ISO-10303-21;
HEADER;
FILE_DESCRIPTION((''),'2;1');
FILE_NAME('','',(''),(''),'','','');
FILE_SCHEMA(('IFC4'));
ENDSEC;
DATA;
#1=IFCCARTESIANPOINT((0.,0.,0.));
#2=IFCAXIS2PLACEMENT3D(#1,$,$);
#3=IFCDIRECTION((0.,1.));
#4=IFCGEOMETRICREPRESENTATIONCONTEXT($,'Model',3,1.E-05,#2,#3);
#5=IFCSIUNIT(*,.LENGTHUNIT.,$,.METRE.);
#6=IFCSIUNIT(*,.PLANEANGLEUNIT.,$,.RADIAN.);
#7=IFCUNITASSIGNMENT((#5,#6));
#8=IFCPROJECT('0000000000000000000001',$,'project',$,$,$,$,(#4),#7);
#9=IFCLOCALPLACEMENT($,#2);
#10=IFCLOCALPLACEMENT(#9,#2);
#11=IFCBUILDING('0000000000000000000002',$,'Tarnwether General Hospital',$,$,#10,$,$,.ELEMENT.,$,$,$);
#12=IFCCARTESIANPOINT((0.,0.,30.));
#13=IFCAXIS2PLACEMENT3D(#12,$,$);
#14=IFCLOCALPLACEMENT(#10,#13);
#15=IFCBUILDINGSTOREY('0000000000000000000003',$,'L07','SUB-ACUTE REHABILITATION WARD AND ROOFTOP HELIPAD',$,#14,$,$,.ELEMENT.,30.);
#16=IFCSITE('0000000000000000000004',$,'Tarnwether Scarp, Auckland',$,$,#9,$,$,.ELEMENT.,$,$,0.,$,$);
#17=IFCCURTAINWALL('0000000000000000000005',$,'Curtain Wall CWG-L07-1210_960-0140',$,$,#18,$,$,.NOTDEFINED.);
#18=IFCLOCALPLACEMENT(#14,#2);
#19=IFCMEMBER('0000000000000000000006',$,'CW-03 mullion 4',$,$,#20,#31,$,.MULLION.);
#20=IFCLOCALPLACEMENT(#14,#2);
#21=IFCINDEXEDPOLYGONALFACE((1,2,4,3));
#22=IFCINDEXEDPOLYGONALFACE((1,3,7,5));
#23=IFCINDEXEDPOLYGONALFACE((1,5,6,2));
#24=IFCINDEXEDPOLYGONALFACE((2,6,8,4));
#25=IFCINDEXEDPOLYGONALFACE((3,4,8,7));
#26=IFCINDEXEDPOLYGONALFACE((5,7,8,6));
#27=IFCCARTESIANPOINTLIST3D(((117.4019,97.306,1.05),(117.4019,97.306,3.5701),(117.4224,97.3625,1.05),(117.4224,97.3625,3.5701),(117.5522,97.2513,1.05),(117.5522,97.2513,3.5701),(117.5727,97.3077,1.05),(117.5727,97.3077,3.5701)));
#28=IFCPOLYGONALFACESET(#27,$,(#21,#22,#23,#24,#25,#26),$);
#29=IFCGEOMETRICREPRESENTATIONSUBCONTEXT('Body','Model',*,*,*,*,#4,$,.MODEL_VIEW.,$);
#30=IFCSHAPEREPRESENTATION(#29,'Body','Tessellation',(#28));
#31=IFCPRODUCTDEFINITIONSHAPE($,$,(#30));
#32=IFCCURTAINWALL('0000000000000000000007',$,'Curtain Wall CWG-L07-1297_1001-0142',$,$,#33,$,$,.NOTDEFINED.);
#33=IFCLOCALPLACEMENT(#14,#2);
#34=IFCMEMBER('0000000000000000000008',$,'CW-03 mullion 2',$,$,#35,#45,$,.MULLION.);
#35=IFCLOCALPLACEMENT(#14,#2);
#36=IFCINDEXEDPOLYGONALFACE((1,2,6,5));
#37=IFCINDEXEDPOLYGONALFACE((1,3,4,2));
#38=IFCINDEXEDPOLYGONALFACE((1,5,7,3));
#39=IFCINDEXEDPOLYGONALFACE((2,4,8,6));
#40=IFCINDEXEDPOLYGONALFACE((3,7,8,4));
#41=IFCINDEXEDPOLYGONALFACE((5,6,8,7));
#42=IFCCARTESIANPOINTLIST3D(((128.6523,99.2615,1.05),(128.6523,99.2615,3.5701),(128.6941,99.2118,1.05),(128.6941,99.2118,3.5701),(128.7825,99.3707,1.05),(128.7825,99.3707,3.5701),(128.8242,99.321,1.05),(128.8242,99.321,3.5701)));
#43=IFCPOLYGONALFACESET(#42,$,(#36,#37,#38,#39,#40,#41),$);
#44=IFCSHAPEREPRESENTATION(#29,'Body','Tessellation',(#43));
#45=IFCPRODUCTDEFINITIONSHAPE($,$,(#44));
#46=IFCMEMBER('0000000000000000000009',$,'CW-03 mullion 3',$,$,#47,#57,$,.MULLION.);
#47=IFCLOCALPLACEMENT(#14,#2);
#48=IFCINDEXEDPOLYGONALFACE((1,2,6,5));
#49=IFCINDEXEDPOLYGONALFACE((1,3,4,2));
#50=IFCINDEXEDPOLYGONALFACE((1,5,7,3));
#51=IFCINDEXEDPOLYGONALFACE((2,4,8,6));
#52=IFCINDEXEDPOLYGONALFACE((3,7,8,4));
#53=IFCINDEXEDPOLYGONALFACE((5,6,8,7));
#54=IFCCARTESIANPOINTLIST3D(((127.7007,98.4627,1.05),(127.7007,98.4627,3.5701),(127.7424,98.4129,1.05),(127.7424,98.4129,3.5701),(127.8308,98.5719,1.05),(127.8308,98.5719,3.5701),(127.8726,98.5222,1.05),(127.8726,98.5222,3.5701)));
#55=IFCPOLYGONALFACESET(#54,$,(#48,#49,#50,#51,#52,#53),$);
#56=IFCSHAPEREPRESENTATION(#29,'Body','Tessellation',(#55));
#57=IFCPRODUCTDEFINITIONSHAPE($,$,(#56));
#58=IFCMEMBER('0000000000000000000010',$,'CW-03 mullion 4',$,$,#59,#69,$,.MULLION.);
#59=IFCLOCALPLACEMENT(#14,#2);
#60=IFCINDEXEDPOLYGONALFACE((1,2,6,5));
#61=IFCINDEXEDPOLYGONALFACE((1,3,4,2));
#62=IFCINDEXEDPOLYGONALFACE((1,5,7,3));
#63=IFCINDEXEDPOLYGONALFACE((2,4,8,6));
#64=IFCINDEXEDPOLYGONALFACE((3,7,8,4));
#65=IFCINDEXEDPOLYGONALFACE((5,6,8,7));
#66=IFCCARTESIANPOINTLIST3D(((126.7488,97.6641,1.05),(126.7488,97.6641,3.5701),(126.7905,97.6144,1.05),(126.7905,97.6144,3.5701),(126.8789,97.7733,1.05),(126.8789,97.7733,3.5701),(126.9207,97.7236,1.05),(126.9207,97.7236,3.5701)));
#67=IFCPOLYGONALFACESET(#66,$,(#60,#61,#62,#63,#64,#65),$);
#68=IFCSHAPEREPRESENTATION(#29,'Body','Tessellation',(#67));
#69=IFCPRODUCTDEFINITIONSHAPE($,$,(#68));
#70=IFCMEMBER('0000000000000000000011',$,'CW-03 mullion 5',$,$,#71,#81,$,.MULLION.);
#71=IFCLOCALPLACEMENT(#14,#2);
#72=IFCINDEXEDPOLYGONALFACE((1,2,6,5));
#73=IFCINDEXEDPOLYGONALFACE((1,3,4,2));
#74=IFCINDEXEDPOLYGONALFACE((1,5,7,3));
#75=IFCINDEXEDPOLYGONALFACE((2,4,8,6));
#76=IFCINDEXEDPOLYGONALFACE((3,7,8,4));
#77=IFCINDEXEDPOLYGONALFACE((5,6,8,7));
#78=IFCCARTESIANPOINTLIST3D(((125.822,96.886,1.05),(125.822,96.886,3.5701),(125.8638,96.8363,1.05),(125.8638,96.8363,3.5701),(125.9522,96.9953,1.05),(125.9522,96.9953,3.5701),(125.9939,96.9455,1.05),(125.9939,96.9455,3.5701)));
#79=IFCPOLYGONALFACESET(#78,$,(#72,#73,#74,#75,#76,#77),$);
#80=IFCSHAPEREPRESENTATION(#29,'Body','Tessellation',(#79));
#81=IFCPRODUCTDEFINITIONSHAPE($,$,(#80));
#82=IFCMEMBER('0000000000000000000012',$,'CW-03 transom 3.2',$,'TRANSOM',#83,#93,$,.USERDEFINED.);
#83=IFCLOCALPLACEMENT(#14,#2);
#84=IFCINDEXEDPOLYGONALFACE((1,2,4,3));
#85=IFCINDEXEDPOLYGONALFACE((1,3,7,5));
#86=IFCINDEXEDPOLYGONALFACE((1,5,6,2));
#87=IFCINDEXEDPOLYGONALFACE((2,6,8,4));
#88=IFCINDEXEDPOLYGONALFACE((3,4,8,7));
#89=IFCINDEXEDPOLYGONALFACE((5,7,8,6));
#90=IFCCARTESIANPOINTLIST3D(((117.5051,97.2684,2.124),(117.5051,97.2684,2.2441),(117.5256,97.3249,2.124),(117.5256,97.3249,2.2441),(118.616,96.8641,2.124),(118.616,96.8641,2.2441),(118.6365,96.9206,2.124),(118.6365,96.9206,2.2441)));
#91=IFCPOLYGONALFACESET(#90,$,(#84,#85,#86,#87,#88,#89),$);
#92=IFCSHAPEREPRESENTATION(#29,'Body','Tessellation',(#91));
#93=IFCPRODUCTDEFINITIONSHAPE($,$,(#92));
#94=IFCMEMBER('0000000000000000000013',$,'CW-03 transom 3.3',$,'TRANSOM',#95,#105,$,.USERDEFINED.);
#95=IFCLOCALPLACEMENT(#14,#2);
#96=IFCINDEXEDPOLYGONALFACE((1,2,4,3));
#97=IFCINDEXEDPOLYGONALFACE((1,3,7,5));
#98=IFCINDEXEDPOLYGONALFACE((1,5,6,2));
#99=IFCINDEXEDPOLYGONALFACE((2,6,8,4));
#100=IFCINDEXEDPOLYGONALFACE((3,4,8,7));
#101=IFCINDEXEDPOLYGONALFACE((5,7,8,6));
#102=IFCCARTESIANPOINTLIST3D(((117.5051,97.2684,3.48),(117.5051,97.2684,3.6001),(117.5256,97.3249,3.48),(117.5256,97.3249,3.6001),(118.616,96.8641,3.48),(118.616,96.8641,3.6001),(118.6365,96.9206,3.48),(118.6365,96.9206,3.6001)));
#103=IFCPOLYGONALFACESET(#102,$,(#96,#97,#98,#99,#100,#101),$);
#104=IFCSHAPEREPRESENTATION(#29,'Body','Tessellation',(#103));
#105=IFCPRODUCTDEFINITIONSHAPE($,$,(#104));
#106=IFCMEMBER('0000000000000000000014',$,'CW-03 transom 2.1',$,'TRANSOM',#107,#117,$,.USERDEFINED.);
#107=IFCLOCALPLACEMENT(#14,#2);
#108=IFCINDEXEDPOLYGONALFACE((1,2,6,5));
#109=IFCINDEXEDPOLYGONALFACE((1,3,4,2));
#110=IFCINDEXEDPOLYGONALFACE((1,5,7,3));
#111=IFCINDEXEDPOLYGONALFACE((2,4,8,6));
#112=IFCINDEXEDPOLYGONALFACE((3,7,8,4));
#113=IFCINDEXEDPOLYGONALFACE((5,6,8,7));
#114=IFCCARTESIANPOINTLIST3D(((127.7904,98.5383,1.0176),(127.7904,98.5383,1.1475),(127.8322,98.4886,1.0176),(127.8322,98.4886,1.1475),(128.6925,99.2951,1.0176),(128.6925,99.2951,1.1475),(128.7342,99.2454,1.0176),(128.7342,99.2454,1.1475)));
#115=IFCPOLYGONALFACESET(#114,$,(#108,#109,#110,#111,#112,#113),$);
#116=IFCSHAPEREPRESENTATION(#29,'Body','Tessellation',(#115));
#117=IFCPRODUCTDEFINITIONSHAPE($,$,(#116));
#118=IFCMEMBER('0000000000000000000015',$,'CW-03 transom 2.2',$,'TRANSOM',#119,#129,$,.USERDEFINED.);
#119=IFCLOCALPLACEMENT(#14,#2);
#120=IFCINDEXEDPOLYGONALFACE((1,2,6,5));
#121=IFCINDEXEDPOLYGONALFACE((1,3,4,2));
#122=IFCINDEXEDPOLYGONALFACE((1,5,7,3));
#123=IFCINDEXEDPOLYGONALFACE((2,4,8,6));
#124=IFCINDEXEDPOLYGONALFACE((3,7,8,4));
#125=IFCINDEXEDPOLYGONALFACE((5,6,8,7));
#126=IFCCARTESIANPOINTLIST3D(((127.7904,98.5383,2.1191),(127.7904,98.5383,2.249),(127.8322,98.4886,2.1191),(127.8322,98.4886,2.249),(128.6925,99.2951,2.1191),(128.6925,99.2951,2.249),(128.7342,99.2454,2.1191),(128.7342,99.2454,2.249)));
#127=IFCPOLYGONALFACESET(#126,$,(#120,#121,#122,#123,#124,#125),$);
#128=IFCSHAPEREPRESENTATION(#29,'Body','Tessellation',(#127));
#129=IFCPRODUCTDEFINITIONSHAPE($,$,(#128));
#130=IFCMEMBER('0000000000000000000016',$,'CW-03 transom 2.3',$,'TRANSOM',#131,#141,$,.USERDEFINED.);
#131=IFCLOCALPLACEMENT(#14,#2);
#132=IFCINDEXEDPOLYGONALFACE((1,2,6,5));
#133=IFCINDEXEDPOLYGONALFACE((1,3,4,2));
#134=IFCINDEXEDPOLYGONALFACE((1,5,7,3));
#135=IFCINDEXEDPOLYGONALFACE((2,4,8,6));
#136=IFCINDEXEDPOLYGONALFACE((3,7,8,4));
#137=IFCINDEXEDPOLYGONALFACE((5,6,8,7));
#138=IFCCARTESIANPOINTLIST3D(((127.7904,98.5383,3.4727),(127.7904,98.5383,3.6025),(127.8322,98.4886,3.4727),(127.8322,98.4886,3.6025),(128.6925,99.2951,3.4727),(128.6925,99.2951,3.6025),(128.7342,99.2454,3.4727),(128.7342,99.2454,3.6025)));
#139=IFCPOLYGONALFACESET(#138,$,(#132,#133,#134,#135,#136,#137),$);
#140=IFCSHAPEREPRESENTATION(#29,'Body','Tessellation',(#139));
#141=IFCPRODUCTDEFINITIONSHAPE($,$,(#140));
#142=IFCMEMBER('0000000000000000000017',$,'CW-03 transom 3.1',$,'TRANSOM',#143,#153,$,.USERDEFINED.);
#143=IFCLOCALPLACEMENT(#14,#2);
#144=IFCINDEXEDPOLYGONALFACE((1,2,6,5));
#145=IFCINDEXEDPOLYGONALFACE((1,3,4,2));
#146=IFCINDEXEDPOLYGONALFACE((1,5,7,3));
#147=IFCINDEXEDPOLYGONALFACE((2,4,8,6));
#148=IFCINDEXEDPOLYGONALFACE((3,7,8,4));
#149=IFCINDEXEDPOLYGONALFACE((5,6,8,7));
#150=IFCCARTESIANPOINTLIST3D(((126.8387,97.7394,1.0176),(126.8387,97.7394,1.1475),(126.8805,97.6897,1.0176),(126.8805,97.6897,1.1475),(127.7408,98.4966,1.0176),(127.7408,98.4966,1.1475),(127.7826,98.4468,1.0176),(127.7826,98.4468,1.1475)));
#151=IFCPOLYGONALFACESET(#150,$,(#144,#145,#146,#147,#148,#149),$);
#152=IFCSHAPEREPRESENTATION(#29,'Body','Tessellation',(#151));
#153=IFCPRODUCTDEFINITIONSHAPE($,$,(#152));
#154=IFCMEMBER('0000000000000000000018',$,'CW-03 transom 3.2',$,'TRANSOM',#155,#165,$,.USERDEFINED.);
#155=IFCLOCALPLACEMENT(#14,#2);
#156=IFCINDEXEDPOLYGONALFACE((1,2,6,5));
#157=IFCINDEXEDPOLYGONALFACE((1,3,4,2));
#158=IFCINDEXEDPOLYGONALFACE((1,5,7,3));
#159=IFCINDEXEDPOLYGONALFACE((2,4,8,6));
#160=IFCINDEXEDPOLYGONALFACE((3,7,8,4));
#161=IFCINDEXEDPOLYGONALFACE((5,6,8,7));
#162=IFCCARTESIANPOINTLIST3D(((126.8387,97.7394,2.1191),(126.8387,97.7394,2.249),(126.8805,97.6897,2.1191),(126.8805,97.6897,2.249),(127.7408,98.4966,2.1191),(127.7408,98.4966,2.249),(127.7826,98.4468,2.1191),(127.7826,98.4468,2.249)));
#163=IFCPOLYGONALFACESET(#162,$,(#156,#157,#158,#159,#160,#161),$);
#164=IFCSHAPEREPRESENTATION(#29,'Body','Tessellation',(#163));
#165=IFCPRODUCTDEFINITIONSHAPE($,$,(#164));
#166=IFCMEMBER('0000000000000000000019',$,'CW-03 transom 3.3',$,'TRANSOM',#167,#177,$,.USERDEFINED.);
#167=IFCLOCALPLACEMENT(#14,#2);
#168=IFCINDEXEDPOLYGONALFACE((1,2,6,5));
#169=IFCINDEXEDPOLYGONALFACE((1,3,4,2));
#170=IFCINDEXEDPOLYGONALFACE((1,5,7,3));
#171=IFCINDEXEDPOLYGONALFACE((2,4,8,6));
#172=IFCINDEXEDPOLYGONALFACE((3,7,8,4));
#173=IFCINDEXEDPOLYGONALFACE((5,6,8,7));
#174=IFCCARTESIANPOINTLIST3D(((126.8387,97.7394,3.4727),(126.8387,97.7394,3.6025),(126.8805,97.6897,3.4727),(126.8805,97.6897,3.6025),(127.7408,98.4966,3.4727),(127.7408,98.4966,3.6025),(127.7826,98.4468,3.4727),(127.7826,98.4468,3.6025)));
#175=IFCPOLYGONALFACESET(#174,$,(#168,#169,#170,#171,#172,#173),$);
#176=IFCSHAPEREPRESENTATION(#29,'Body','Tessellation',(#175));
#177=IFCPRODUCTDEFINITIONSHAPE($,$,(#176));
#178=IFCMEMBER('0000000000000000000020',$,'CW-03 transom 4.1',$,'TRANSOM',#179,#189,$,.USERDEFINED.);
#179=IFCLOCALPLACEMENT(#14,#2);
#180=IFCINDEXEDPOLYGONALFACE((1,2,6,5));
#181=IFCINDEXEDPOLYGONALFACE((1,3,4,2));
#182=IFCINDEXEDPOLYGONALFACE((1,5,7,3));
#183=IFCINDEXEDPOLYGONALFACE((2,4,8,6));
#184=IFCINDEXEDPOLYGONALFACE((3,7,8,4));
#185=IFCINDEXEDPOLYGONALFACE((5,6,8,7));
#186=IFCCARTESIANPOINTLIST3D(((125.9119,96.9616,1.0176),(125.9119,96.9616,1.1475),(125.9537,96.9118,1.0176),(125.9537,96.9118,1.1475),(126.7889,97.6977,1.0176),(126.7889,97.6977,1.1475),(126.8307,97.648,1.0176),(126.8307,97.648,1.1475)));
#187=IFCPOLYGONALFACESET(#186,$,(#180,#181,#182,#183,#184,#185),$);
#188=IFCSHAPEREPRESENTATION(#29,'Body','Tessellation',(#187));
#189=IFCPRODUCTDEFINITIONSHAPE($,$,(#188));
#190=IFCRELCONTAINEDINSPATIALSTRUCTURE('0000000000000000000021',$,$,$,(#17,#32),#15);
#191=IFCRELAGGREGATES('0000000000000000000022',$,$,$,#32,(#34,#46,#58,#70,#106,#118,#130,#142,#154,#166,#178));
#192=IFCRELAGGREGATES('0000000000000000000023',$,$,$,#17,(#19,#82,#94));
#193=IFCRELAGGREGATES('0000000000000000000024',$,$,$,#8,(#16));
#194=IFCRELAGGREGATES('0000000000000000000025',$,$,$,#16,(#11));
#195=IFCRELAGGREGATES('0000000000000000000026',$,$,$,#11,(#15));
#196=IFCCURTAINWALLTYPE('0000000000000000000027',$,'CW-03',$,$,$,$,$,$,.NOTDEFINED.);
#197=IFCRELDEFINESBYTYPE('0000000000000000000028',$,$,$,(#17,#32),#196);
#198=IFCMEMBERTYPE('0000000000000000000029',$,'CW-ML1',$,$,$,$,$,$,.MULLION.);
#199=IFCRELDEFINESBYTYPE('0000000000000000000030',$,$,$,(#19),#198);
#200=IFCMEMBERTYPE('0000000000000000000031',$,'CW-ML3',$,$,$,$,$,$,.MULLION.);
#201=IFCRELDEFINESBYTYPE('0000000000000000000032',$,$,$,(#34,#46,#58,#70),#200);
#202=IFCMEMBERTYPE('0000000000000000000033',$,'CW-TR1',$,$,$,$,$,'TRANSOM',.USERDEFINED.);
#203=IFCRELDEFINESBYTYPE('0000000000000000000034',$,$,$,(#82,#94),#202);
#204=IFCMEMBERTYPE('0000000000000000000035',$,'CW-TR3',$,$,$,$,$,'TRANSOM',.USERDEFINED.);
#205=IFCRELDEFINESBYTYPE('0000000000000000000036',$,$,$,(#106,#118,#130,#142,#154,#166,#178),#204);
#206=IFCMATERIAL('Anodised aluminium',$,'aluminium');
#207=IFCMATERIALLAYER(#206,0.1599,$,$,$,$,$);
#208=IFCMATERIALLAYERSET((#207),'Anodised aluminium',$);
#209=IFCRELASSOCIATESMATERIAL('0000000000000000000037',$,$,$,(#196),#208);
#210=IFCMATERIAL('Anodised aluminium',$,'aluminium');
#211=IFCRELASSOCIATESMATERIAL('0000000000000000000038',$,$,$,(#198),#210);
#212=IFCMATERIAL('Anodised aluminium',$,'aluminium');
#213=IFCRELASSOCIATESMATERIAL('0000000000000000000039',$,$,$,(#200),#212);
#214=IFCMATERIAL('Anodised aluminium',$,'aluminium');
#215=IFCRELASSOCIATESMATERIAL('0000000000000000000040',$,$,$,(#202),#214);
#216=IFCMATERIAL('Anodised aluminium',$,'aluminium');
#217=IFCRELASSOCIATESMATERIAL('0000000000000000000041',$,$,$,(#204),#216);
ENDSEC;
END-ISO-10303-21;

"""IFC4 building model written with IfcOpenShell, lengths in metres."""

from ifc_helpers import new_model, si_unit, direction, frame, origin, origin_2d, place, context, subcontext, project, spatial, rectangle, extrude, material, layer, layer_set, material_profile, profile_set, type_object, element, aggregate, save


model = new_model("IFC4")

# Units and contexts
model_context = context("Model", 3, precision=1e-05, world=origin(), true_north=direction((0.0, 1.0)))
body_context = subcontext(model_context, "Body", "Model", "MODEL_VIEW")
ifc_project = project(units=[si_unit("LENGTHUNIT", "METRE"), si_unit("PLANEANGLEUNIT", "RADIAN")], contexts=[model_context])

# Site, building, storey
site_placement = place(None, origin())
site = spatial("IfcSite", under=ifc_project, at=site_placement, Name="Tarnwether Scarp, Auckland", CompositionType="ELEMENT", RefElevation=0.0)
building_placement = place(site_placement, origin())
building = spatial("IfcBuilding", under=site, at=building_placement, Name="Tarnwether General Hospital", CompositionType="ELEMENT")
storey_placement = place(building_placement, frame((0.0, 0.0, 30.0)))
storey = spatial("IfcBuildingStorey", under=building, at=storey_placement, Name="L07", Description="SUB-ACUTE REHABILITATION WARD AND ROOFTOP HELIPAD", CompositionType="ELEMENT", Elevation=30.0)

# Curtain wall, member
ifc_material_1 = material(Name="Anodised aluminium", Category="aluminium")
ifc_layer_1 = layer(ifc_material_1, 0.1599)
ifc_layer_set_1 = layer_set([ifc_layer_1], Name="Anodised aluminium")
curtain_wall_type = type_object("IfcCurtainWallType", Name="CW-03", PredefinedType="NOTDEFINED", material=ifc_layer_set_1)
curtain_wall_1_placement = place(storey_placement, origin())
curtain_wall_1 = element("IfcCurtainWall", 1, at=curtain_wall_1_placement, inside=storey, type_object=curtain_wall_type, Name="Curtain Wall CWG-L07-1210_960-0140", PredefinedType="NOTDEFINED")
ifc_material_2 = material(Name="Anodised aluminium", Category="aluminium")
ifc_material_profile_1 = material_profile(ifc_material_2, rectangle(XDim=0.0601, YDim=0.1599, at=origin_2d()), Name="ALU-MUL-60x160")
ifc_profile_set_1 = profile_set([ifc_material_profile_1], Name="Anodised aluminium")
member_type_1 = type_object("IfcMemberType", Name="CW-ML1", PredefinedType="MULLION", material=ifc_profile_set_1)
member_1_placement = place(storey_placement, frame((117.4873, 97.3069, 1.05), z_axis=(0.0, 0.0, 1.0), x_axis=(-0.342131, -0.939652, 0.0)))
member_1 = element("IfcMember", 2, at=member_1_placement, type_object=member_type_1, Name="CW-03 mullion 4", PredefinedType="MULLION", context=body_context, shape_type="SweptSolid", body=[
    extrude(rectangle(XDim=0.0601, YDim=0.1599, at=origin_2d()), origin(), (0.0, 0.0, 1.0), 2.52),
])

# Curtain wall, members
curtain_wall_2_placement = place(storey_placement, origin())
curtain_wall_2 = element("IfcCurtainWall", 3, at=curtain_wall_2_placement, inside=storey, type_object=curtain_wall_type, Name="Curtain Wall CWG-L07-1297_1001-0142", PredefinedType="NOTDEFINED")
ifc_material_3 = material(Name="Anodised aluminium", Category="aluminium")
ifc_material_profile_2 = material_profile(ifc_material_3, rectangle(XDim=0.0649, YDim=0.1699, at=origin_2d()), Name="ALU-MUL-65x170")
ifc_profile_set_2 = profile_set([ifc_material_profile_2], Name="Anodised aluminium")
member_type_2 = type_object("IfcMemberType", Name="CW-ML3", PredefinedType="MULLION", material=ifc_profile_set_2)
member_2_placement = place(storey_placement, frame((128.7383, 99.2913, 1.05), z_axis=(0.0, 0.0, 1.0), x_axis=(0.642852, -0.76599, 0.0)))
member_2 = element("IfcMember", 4, at=member_2_placement, type_object=member_type_2, Name="CW-03 mullion 2", PredefinedType="MULLION", context=body_context, shape_type="SweptSolid", body=[
    extrude(rectangle(XDim=0.0649, YDim=0.1699, at=origin_2d()), origin(), (0.0, 0.0, 1.0), 2.52),
])
member_3_placement = place(storey_placement, frame((127.7866, 98.4924, 1.05), z_axis=(0.0, 0.0, 1.0), x_axis=(0.642852, -0.76599, 0.0)))
member_3 = element("IfcMember", 5, at=member_3_placement, type_object=member_type_2, Name="CW-03 mullion 3", PredefinedType="MULLION", context=body_context, shape_type="SweptSolid", body=[
    extrude(rectangle(XDim=0.0649, YDim=0.1699, at=origin_2d()), origin(), (0.0, 0.0, 1.0), 2.52),
])
member_4_placement = place(storey_placement, frame((126.8347, 97.6938, 1.05), z_axis=(0.0, 0.0, 1.0), x_axis=(0.642852, -0.76599, 0.0)))
member_4 = element("IfcMember", 6, at=member_4_placement, type_object=member_type_2, Name="CW-03 mullion 4", PredefinedType="MULLION", context=body_context, shape_type="SweptSolid", body=[
    extrude(rectangle(XDim=0.0649, YDim=0.1699, at=origin_2d()), origin(), (0.0, 0.0, 1.0), 2.52),
])
member_5_placement = place(storey_placement, frame((125.908, 96.9158, 1.05), z_axis=(0.0, 0.0, 1.0), x_axis=(0.642852, -0.76599, 0.0)))
member_5 = element("IfcMember", 7, at=member_5_placement, type_object=member_type_2, Name="CW-03 mullion 5", PredefinedType="MULLION", context=body_context, shape_type="SweptSolid", body=[
    extrude(rectangle(XDim=0.0649, YDim=0.1699, at=origin_2d()), origin(), (0.0, 0.0, 1.0), 2.52),
])

# Members
ifc_material_4 = material(Name="Anodised aluminium", Category="aluminium")
ifc_material_profile_3 = material_profile(ifc_material_4, rectangle(XDim=0.0601, YDim=0.1201, at=origin_2d()), Name="ALU-TRN-60x120")
ifc_profile_set_3 = profile_set([ifc_material_profile_3], Name="Anodised aluminium")
member_type_3 = type_object("IfcMemberType", Name="CW-TR1", ElementType="TRANSOM", PredefinedType="USERDEFINED", material=ifc_profile_set_3)
member_6_placement = place(storey_placement, frame((118.6262, 96.8923, 2.1841), z_axis=(-0.939697, 0.342008, 0.0), x_axis=(-0.342008, -0.939697, 0.0)))
member_6 = element("IfcMember", 8, at=member_6_placement, type_object=member_type_3, Name="CW-03 transom 3.2", ObjectType="TRANSOM", PredefinedType="USERDEFINED", context=body_context, shape_type="SweptSolid", body=[
    extrude(rectangle(XDim=0.0601, YDim=0.1201, at=origin_2d()), origin(), (0.0, 0.0, 1.0), 1.1821),
])
member_7_placement = place(storey_placement, frame((118.6262, 96.8923, 3.54), z_axis=(-0.939697, 0.342008, 0.0), x_axis=(-0.342008, -0.939697, 0.0)))
member_7 = element("IfcMember", 9, at=member_7_placement, type_object=member_type_3, Name="CW-03 transom 3.3", ObjectType="TRANSOM", PredefinedType="USERDEFINED", context=body_context, shape_type="SweptSolid", body=[
    extrude(rectangle(XDim=0.0601, YDim=0.1201, at=origin_2d()), origin(), (0.0, 0.0, 1.0), 1.1821),
])
ifc_material_5 = material(Name="Anodised aluminium", Category="aluminium")
ifc_material_profile_4 = material_profile(ifc_material_5, rectangle(XDim=0.0649, YDim=0.1299, at=origin_2d()), Name="ALU-TRN-65x130")
ifc_profile_set_4 = profile_set([ifc_material_profile_4], Name="Anodised aluminium")
member_type_4 = type_object("IfcMemberType", Name="CW-TR3", ElementType="TRANSOM", PredefinedType="USERDEFINED", material=ifc_profile_set_4)
member_8_placement = place(storey_placement, frame((128.7134, 99.2703, 1.0825), z_axis=(-0.766093, -0.64273, 0.0), x_axis=(0.64273, -0.766093, 0.0)))
member_8 = element("IfcMember", 10, at=member_8_placement, type_object=member_type_4, Name="CW-03 transom 2.1", ObjectType="TRANSOM", PredefinedType="USERDEFINED", context=body_context, shape_type="SweptSolid", body=[
    extrude(rectangle(XDim=0.0649, YDim=0.1299, at=origin_2d()), origin(), (0.0, 0.0, 1.0), 1.1775),
])
member_9_placement = place(storey_placement, frame((128.7134, 99.2703, 2.1841), z_axis=(-0.766093, -0.64273, 0.0), x_axis=(0.64273, -0.766093, 0.0)))
member_9 = element("IfcMember", 11, at=member_9_placement, type_object=member_type_4, Name="CW-03 transom 2.2", ObjectType="TRANSOM", PredefinedType="USERDEFINED", context=body_context, shape_type="SweptSolid", body=[
    extrude(rectangle(XDim=0.0649, YDim=0.1299, at=origin_2d()), origin(), (0.0, 0.0, 1.0), 1.1775),
])
member_10_placement = place(storey_placement, frame((128.7134, 99.2703, 3.5376), z_axis=(-0.766093, -0.64273, 0.0), x_axis=(0.64273, -0.766093, 0.0)))
member_10 = element("IfcMember", 12, at=member_10_placement, type_object=member_type_4, Name="CW-03 transom 2.3", ObjectType="TRANSOM", PredefinedType="USERDEFINED", context=body_context, shape_type="SweptSolid", body=[
    extrude(rectangle(XDim=0.0649, YDim=0.1299, at=origin_2d()), origin(), (0.0, 0.0, 1.0), 1.1775),
])
member_11_placement = place(storey_placement, frame((127.7617, 98.4717, 1.0825), z_axis=(-0.765991, -0.642852, 0.0), x_axis=(0.642852, -0.765991, 0.0)))
member_11 = element("IfcMember", 13, at=member_11_placement, type_object=member_type_4, Name="CW-03 transom 3.1", ObjectType="TRANSOM", PredefinedType="USERDEFINED", context=body_context, shape_type="SweptSolid", body=[
    extrude(rectangle(XDim=0.0649, YDim=0.1299, at=origin_2d()), origin(), (0.0, 0.0, 1.0), 1.1777),
])
member_12_placement = place(storey_placement, frame((127.7617, 98.4717, 2.1841), z_axis=(-0.765991, -0.642852, 0.0), x_axis=(0.642852, -0.765991, 0.0)))
member_12 = element("IfcMember", 14, at=member_12_placement, type_object=member_type_4, Name="CW-03 transom 3.2", ObjectType="TRANSOM", PredefinedType="USERDEFINED", context=body_context, shape_type="SweptSolid", body=[
    extrude(rectangle(XDim=0.0649, YDim=0.1299, at=origin_2d()), origin(), (0.0, 0.0, 1.0), 1.1777),
])
member_13_placement = place(storey_placement, frame((127.7617, 98.4717, 3.5376), z_axis=(-0.765991, -0.642852, 0.0), x_axis=(0.642852, -0.765991, 0.0)))
member_13 = element("IfcMember", 15, at=member_13_placement, type_object=member_type_4, Name="CW-03 transom 3.3", ObjectType="TRANSOM", PredefinedType="USERDEFINED", context=body_context, shape_type="SweptSolid", body=[
    extrude(rectangle(XDim=0.0649, YDim=0.1299, at=origin_2d()), origin(), (0.0, 0.0, 1.0), 1.1777),
])
member_14_placement = place(storey_placement, frame((126.8098, 97.6729, 1.0825), z_axis=(-0.765944, -0.642907, 0.0), x_axis=(0.642907, -0.765944, 0.0)))
member_14 = element("IfcMember", 16, at=member_14_placement, type_object=member_type_4, Name="CW-03 transom 4.1", ObjectType="TRANSOM", PredefinedType="USERDEFINED", context=body_context, shape_type="SweptSolid", body=[
    extrude(rectangle(XDim=0.0649, YDim=0.1299, at=origin_2d()), origin(), (0.0, 0.0, 1.0), 1.145),
])

aggregate(curtain_wall_2, [member_2, member_3, member_4, member_5, member_8, member_9, member_10, member_11, member_12, member_13, member_14])
aggregate(curtain_wall_1, [member_1, member_6, member_7])

save(model, "model.ifc")
